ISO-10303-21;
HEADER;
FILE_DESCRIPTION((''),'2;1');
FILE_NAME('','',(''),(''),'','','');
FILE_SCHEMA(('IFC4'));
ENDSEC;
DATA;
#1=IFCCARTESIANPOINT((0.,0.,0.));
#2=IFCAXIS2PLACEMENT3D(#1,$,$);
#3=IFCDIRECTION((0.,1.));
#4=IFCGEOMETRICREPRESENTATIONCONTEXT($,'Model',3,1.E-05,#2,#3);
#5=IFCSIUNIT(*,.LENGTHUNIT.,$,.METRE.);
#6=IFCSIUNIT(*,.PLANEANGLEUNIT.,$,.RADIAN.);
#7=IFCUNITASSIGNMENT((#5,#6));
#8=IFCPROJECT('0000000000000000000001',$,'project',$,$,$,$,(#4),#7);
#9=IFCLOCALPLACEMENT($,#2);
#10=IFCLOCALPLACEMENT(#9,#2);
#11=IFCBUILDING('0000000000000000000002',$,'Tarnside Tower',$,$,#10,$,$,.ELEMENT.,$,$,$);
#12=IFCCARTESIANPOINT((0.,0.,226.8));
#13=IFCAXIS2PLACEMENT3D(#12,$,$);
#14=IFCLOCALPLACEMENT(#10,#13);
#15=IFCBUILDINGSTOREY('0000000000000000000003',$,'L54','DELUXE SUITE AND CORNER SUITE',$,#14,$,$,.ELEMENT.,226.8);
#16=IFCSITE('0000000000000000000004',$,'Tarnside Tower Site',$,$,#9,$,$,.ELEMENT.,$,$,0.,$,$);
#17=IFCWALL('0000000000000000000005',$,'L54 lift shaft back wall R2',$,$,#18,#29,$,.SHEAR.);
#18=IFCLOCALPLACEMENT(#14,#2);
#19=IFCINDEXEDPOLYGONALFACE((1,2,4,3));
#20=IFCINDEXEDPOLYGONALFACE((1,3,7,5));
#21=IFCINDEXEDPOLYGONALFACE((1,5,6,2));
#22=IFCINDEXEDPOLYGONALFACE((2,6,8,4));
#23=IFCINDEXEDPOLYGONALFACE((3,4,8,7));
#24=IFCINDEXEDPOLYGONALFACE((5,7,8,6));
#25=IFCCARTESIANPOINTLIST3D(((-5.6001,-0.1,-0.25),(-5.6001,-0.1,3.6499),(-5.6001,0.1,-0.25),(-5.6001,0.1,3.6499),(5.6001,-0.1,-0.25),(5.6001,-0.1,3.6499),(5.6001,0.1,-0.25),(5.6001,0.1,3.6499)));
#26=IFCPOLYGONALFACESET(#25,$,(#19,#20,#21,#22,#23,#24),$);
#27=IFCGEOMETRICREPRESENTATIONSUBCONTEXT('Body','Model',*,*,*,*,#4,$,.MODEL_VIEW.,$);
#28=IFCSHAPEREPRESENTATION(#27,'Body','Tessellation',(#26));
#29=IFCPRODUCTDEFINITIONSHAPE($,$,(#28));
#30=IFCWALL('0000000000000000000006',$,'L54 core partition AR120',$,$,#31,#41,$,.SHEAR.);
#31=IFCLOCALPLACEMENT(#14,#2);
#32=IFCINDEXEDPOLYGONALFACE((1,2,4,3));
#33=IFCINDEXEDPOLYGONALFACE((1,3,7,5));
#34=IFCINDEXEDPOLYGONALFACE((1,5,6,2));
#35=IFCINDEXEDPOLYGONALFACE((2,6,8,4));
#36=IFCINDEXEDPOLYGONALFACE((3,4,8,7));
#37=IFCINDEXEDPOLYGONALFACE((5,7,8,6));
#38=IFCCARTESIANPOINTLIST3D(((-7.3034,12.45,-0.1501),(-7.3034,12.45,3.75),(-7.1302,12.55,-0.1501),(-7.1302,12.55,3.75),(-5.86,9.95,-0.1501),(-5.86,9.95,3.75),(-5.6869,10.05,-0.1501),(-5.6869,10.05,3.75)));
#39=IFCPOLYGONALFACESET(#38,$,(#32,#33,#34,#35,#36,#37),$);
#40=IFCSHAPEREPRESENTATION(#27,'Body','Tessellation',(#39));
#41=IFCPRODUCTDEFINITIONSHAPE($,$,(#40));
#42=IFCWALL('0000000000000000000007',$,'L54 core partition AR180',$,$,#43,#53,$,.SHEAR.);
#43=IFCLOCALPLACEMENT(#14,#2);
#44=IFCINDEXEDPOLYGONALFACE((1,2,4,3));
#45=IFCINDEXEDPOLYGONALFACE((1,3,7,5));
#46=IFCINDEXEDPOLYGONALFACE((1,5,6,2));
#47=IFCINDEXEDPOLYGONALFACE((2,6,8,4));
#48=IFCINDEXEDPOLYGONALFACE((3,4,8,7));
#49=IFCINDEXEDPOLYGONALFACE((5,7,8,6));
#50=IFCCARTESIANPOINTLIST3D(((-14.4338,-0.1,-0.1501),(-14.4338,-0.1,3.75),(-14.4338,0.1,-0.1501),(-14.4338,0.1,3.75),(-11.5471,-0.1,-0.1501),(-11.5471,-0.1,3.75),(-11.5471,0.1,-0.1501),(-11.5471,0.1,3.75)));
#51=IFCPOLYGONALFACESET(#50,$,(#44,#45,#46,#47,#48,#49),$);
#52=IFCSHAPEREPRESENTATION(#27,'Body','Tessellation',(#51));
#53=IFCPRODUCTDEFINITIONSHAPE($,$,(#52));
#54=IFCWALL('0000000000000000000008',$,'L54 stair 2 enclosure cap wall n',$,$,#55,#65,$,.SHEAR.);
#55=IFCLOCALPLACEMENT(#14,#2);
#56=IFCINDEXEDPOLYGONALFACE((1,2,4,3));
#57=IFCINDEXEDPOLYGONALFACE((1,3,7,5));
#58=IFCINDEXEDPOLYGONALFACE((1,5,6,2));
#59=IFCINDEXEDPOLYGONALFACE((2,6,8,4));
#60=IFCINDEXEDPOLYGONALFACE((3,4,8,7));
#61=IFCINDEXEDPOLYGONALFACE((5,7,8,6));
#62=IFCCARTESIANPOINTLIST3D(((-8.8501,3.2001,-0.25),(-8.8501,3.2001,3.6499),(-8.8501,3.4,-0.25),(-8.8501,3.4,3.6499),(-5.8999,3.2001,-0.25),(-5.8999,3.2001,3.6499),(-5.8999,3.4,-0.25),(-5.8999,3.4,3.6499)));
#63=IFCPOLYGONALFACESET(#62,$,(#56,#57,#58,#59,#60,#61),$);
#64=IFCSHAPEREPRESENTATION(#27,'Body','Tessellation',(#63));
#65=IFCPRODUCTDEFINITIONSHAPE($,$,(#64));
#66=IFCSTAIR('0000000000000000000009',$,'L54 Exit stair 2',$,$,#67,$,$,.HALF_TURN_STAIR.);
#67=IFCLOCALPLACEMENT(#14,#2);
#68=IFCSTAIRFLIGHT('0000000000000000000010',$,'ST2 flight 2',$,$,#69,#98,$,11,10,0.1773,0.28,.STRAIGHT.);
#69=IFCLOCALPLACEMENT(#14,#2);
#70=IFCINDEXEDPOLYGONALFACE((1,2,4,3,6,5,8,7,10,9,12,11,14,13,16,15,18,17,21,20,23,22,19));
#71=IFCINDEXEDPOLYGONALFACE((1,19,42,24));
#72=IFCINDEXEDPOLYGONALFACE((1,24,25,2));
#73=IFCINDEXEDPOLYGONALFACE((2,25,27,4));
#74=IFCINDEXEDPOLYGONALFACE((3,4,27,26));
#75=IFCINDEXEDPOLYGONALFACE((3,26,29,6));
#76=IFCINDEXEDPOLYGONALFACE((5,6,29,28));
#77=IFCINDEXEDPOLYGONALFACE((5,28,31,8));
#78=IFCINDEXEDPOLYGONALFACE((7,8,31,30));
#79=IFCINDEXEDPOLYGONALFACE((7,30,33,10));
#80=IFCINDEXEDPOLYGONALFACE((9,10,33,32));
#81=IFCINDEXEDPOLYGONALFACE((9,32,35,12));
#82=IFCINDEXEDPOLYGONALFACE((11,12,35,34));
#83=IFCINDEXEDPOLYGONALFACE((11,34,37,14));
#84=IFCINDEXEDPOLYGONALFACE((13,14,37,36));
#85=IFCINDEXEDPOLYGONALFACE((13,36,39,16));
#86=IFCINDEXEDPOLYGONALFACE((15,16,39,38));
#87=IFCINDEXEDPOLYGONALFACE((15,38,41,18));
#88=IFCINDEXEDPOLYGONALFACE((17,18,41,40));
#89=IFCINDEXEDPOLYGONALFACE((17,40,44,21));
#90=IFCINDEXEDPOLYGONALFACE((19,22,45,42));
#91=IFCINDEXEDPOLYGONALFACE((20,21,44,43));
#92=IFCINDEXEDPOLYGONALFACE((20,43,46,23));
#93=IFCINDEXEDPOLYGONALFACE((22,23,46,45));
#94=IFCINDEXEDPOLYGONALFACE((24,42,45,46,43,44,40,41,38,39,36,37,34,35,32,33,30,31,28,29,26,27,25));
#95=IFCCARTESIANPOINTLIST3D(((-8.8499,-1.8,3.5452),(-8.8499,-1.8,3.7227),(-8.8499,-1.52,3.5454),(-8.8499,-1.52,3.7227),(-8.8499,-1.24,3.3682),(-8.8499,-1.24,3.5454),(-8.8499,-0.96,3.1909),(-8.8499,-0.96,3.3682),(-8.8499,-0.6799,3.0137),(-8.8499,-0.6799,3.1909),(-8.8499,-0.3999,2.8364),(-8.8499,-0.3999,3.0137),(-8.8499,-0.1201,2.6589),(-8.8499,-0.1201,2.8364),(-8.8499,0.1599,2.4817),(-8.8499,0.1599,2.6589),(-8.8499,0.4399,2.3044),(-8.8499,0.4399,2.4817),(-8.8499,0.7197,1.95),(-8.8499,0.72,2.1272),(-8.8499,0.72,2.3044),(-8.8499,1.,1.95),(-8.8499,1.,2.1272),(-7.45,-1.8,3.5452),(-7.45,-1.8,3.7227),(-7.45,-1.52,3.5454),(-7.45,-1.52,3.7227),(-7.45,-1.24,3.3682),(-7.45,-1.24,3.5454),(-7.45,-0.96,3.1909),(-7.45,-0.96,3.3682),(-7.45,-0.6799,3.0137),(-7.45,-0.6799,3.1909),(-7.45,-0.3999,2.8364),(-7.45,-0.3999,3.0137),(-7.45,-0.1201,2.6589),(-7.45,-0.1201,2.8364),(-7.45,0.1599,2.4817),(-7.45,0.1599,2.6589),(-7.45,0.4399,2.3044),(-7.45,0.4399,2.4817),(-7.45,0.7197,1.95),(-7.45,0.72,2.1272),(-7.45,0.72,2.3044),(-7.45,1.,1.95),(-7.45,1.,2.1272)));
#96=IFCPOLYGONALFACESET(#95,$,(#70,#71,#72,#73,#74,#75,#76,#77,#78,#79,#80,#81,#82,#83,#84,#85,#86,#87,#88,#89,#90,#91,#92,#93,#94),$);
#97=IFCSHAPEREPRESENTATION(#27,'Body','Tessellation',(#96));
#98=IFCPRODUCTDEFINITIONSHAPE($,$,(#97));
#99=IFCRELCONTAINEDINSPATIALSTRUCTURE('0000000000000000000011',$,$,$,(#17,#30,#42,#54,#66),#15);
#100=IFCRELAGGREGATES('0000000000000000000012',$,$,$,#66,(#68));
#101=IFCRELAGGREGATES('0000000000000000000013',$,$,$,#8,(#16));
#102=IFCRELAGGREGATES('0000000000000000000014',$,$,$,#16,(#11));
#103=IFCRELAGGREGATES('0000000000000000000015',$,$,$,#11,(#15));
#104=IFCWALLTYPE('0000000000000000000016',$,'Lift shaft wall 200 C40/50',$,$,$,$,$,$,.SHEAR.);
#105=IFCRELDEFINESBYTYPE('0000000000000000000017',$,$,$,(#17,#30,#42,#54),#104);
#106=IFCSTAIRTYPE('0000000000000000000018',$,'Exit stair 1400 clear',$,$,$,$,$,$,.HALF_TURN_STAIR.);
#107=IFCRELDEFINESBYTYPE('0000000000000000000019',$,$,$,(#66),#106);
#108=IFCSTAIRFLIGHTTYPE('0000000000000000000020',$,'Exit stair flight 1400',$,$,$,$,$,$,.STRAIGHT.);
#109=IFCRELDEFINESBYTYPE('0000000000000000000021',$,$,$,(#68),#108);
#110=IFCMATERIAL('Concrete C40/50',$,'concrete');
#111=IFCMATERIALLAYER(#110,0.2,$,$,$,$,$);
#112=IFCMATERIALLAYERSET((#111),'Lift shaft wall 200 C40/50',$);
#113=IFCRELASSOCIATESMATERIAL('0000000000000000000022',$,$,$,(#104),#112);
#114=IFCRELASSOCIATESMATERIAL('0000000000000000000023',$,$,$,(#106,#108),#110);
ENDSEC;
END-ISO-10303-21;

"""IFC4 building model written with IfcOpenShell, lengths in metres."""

from ifc_helpers import new_model, si_unit, direction, frame, frame_2d, origin, place, context, subcontext, project, spatial, polyline, rectangle, outline, extrude, material, layer, layer_set, type_object, element, aggregate, save


model = new_model("IFC4")

# Units and contexts
model_context = context("Model", 3, precision=1e-05, world=origin(), true_north=direction((0.0, 1.0)))
body_context = subcontext(model_context, "Body", "Model", "MODEL_VIEW")
ifc_project = project(units=[si_unit("LENGTHUNIT", "METRE"), si_unit("PLANEANGLEUNIT", "RADIAN")], contexts=[model_context])

# Site, building, storey
site_placement = place(None, origin())
site = spatial("IfcSite", under=ifc_project, at=site_placement, Name="Tarnside Tower Site", CompositionType="ELEMENT", RefElevation=0.0)
building_placement = place(site_placement, origin())
building = spatial("IfcBuilding", under=site, at=building_placement, Name="Tarnside Tower", CompositionType="ELEMENT")
storey_placement = place(building_placement, frame((0.0, 0.0, 226.8)))
storey = spatial("IfcBuildingStorey", under=building, at=storey_placement, Name="L54", Description="DELUXE SUITE AND CORNER SUITE", CompositionType="ELEMENT", Elevation=226.8)

# Walls
ifc_material_1 = material(Name="Concrete C40/50", Category="concrete")
ifc_layer_1 = layer(ifc_material_1, 0.2)
ifc_layer_set_1 = layer_set([ifc_layer_1], Name="Lift shaft wall 200 C40/50")
wall_type_1 = type_object("IfcWallType", Name="Lift shaft wall 200 C40/50", PredefinedType="SHEAR", material=ifc_layer_set_1)
wall_1_placement = place(storey_placement, frame((-5.6001, 0.0, -0.25), z_axis=(0.0, 0.0, 1.0), x_axis=(1.0, 0.0, 0.0)))
element("IfcWall", 1, at=wall_1_placement, inside=storey, type_object=wall_type_1, Name="L54 lift shaft back wall R2", PredefinedType="SHEAR", context=body_context, shape_type="SweptSolid", body=[
    extrude(rectangle(XDim=11.2002, YDim=0.2, at=frame_2d((5.6001, 0.0))), origin(), (0.0, 0.0, 1.0), 3.8999),
])
for number, where, z_axis, x_axis, name in (
    (2, (-5.7734, 10.0, -0.1501), (0.0, 0.0, 1.0), (-0.499996, 0.866028, 0.0), "L54 core partition AR120"),
    (3, (-11.5471, 0.0, -0.1501), (0.0, 0.0, 1.0), (-1.0, 0.0, 0.0), "L54 core partition AR180"),
):
    element("IfcWall", number, at=place(storey_placement, frame(where, z_axis=z_axis, x_axis=x_axis)), inside=storey, type_object=wall_type_1, Name=name, PredefinedType="SHEAR", context=body_context, shape_type="SweptSolid", body=[
        extrude(rectangle(XDim=2.8867, YDim=0.2, at=frame_2d((1.4434, 0.0))), origin(), (0.0, 0.0, 1.0), 3.9001),
    ])
wall_2_placement = place(storey_placement, frame((-8.8501, 3.3, -0.25), z_axis=(0.0, 0.0, 1.0), x_axis=(1.0, 0.0, 0.0)))
element("IfcWall", 4, at=wall_2_placement, inside=storey, type_object=wall_type_1, Name="L54 stair 2 enclosure cap wall n", PredefinedType="SHEAR", context=body_context, shape_type="SweptSolid", body=[
    extrude(rectangle(XDim=2.9502, YDim=0.2, at=frame_2d((1.4751, 0.0))), origin(), (0.0, 0.0, 1.0), 3.8999),
])

# Stair, stair flight
stair_type = type_object("IfcStairType", Name="Exit stair 1400 clear", PredefinedType="HALF_TURN_STAIR", material=ifc_material_1)
stair_placement = place(storey_placement, origin())
stair = element("IfcStair", 5, at=stair_placement, inside=storey, type_object=stair_type, Name="L54 Exit stair 2", PredefinedType="HALF_TURN_STAIR")
stair_flight_type = type_object("IfcStairFlightType", Name="Exit stair flight 1400", PredefinedType="STRAIGHT", material=ifc_material_1)
stair_flight_placement = place(storey_placement, frame((-8.1499, 1.0, 1.95), z_axis=(0.0, 0.0, 1.0), x_axis=(0.0, -1.0, 0.0)))
stair_flight = element("IfcStairFlight", 6, at=stair_flight_placement, type_object=stair_flight_type, Name="ST2 flight 2", NumberOfRisers=11, NumberOfTreads=10, PredefinedType="STRAIGHT", RiserHeight=0.1773, TreadLength=0.28, context=body_context, shape_type="SweptSolid", body=[
    extrude(outline(polyline([(0.0, 0.0), (0.0, 0.1772), (0.28, 0.1772), (0.28, 0.3545), (0.5601, 0.3545), (0.5601, 0.5317), (0.8401, 0.5317), (0.8401, 0.709), (1.1201, 0.709), (1.1201, 0.8865), (1.3999, 0.8865), (1.3999, 1.0637), (1.6799, 1.0637), (1.6799, 1.241), (1.96, 1.241), (1.96, 1.4182), (2.24, 1.4182), (2.24, 1.5955), (2.52, 1.5955), (2.52, 1.7727), (2.8, 1.7727), (2.8, 1.95), (2.8, 1.5952), (0.2803, 0.0), (0.0, 0.0)])), frame((0.0, 0.7, 0.0), z_axis=(0.0, -1.0, 0.0), x_axis=(1.0, 0.0, 0.0)), (0.0, 0.0, 1.0), 1.3999),
])
aggregate(stair, [stair_flight])

save(model, "model.ifc")
